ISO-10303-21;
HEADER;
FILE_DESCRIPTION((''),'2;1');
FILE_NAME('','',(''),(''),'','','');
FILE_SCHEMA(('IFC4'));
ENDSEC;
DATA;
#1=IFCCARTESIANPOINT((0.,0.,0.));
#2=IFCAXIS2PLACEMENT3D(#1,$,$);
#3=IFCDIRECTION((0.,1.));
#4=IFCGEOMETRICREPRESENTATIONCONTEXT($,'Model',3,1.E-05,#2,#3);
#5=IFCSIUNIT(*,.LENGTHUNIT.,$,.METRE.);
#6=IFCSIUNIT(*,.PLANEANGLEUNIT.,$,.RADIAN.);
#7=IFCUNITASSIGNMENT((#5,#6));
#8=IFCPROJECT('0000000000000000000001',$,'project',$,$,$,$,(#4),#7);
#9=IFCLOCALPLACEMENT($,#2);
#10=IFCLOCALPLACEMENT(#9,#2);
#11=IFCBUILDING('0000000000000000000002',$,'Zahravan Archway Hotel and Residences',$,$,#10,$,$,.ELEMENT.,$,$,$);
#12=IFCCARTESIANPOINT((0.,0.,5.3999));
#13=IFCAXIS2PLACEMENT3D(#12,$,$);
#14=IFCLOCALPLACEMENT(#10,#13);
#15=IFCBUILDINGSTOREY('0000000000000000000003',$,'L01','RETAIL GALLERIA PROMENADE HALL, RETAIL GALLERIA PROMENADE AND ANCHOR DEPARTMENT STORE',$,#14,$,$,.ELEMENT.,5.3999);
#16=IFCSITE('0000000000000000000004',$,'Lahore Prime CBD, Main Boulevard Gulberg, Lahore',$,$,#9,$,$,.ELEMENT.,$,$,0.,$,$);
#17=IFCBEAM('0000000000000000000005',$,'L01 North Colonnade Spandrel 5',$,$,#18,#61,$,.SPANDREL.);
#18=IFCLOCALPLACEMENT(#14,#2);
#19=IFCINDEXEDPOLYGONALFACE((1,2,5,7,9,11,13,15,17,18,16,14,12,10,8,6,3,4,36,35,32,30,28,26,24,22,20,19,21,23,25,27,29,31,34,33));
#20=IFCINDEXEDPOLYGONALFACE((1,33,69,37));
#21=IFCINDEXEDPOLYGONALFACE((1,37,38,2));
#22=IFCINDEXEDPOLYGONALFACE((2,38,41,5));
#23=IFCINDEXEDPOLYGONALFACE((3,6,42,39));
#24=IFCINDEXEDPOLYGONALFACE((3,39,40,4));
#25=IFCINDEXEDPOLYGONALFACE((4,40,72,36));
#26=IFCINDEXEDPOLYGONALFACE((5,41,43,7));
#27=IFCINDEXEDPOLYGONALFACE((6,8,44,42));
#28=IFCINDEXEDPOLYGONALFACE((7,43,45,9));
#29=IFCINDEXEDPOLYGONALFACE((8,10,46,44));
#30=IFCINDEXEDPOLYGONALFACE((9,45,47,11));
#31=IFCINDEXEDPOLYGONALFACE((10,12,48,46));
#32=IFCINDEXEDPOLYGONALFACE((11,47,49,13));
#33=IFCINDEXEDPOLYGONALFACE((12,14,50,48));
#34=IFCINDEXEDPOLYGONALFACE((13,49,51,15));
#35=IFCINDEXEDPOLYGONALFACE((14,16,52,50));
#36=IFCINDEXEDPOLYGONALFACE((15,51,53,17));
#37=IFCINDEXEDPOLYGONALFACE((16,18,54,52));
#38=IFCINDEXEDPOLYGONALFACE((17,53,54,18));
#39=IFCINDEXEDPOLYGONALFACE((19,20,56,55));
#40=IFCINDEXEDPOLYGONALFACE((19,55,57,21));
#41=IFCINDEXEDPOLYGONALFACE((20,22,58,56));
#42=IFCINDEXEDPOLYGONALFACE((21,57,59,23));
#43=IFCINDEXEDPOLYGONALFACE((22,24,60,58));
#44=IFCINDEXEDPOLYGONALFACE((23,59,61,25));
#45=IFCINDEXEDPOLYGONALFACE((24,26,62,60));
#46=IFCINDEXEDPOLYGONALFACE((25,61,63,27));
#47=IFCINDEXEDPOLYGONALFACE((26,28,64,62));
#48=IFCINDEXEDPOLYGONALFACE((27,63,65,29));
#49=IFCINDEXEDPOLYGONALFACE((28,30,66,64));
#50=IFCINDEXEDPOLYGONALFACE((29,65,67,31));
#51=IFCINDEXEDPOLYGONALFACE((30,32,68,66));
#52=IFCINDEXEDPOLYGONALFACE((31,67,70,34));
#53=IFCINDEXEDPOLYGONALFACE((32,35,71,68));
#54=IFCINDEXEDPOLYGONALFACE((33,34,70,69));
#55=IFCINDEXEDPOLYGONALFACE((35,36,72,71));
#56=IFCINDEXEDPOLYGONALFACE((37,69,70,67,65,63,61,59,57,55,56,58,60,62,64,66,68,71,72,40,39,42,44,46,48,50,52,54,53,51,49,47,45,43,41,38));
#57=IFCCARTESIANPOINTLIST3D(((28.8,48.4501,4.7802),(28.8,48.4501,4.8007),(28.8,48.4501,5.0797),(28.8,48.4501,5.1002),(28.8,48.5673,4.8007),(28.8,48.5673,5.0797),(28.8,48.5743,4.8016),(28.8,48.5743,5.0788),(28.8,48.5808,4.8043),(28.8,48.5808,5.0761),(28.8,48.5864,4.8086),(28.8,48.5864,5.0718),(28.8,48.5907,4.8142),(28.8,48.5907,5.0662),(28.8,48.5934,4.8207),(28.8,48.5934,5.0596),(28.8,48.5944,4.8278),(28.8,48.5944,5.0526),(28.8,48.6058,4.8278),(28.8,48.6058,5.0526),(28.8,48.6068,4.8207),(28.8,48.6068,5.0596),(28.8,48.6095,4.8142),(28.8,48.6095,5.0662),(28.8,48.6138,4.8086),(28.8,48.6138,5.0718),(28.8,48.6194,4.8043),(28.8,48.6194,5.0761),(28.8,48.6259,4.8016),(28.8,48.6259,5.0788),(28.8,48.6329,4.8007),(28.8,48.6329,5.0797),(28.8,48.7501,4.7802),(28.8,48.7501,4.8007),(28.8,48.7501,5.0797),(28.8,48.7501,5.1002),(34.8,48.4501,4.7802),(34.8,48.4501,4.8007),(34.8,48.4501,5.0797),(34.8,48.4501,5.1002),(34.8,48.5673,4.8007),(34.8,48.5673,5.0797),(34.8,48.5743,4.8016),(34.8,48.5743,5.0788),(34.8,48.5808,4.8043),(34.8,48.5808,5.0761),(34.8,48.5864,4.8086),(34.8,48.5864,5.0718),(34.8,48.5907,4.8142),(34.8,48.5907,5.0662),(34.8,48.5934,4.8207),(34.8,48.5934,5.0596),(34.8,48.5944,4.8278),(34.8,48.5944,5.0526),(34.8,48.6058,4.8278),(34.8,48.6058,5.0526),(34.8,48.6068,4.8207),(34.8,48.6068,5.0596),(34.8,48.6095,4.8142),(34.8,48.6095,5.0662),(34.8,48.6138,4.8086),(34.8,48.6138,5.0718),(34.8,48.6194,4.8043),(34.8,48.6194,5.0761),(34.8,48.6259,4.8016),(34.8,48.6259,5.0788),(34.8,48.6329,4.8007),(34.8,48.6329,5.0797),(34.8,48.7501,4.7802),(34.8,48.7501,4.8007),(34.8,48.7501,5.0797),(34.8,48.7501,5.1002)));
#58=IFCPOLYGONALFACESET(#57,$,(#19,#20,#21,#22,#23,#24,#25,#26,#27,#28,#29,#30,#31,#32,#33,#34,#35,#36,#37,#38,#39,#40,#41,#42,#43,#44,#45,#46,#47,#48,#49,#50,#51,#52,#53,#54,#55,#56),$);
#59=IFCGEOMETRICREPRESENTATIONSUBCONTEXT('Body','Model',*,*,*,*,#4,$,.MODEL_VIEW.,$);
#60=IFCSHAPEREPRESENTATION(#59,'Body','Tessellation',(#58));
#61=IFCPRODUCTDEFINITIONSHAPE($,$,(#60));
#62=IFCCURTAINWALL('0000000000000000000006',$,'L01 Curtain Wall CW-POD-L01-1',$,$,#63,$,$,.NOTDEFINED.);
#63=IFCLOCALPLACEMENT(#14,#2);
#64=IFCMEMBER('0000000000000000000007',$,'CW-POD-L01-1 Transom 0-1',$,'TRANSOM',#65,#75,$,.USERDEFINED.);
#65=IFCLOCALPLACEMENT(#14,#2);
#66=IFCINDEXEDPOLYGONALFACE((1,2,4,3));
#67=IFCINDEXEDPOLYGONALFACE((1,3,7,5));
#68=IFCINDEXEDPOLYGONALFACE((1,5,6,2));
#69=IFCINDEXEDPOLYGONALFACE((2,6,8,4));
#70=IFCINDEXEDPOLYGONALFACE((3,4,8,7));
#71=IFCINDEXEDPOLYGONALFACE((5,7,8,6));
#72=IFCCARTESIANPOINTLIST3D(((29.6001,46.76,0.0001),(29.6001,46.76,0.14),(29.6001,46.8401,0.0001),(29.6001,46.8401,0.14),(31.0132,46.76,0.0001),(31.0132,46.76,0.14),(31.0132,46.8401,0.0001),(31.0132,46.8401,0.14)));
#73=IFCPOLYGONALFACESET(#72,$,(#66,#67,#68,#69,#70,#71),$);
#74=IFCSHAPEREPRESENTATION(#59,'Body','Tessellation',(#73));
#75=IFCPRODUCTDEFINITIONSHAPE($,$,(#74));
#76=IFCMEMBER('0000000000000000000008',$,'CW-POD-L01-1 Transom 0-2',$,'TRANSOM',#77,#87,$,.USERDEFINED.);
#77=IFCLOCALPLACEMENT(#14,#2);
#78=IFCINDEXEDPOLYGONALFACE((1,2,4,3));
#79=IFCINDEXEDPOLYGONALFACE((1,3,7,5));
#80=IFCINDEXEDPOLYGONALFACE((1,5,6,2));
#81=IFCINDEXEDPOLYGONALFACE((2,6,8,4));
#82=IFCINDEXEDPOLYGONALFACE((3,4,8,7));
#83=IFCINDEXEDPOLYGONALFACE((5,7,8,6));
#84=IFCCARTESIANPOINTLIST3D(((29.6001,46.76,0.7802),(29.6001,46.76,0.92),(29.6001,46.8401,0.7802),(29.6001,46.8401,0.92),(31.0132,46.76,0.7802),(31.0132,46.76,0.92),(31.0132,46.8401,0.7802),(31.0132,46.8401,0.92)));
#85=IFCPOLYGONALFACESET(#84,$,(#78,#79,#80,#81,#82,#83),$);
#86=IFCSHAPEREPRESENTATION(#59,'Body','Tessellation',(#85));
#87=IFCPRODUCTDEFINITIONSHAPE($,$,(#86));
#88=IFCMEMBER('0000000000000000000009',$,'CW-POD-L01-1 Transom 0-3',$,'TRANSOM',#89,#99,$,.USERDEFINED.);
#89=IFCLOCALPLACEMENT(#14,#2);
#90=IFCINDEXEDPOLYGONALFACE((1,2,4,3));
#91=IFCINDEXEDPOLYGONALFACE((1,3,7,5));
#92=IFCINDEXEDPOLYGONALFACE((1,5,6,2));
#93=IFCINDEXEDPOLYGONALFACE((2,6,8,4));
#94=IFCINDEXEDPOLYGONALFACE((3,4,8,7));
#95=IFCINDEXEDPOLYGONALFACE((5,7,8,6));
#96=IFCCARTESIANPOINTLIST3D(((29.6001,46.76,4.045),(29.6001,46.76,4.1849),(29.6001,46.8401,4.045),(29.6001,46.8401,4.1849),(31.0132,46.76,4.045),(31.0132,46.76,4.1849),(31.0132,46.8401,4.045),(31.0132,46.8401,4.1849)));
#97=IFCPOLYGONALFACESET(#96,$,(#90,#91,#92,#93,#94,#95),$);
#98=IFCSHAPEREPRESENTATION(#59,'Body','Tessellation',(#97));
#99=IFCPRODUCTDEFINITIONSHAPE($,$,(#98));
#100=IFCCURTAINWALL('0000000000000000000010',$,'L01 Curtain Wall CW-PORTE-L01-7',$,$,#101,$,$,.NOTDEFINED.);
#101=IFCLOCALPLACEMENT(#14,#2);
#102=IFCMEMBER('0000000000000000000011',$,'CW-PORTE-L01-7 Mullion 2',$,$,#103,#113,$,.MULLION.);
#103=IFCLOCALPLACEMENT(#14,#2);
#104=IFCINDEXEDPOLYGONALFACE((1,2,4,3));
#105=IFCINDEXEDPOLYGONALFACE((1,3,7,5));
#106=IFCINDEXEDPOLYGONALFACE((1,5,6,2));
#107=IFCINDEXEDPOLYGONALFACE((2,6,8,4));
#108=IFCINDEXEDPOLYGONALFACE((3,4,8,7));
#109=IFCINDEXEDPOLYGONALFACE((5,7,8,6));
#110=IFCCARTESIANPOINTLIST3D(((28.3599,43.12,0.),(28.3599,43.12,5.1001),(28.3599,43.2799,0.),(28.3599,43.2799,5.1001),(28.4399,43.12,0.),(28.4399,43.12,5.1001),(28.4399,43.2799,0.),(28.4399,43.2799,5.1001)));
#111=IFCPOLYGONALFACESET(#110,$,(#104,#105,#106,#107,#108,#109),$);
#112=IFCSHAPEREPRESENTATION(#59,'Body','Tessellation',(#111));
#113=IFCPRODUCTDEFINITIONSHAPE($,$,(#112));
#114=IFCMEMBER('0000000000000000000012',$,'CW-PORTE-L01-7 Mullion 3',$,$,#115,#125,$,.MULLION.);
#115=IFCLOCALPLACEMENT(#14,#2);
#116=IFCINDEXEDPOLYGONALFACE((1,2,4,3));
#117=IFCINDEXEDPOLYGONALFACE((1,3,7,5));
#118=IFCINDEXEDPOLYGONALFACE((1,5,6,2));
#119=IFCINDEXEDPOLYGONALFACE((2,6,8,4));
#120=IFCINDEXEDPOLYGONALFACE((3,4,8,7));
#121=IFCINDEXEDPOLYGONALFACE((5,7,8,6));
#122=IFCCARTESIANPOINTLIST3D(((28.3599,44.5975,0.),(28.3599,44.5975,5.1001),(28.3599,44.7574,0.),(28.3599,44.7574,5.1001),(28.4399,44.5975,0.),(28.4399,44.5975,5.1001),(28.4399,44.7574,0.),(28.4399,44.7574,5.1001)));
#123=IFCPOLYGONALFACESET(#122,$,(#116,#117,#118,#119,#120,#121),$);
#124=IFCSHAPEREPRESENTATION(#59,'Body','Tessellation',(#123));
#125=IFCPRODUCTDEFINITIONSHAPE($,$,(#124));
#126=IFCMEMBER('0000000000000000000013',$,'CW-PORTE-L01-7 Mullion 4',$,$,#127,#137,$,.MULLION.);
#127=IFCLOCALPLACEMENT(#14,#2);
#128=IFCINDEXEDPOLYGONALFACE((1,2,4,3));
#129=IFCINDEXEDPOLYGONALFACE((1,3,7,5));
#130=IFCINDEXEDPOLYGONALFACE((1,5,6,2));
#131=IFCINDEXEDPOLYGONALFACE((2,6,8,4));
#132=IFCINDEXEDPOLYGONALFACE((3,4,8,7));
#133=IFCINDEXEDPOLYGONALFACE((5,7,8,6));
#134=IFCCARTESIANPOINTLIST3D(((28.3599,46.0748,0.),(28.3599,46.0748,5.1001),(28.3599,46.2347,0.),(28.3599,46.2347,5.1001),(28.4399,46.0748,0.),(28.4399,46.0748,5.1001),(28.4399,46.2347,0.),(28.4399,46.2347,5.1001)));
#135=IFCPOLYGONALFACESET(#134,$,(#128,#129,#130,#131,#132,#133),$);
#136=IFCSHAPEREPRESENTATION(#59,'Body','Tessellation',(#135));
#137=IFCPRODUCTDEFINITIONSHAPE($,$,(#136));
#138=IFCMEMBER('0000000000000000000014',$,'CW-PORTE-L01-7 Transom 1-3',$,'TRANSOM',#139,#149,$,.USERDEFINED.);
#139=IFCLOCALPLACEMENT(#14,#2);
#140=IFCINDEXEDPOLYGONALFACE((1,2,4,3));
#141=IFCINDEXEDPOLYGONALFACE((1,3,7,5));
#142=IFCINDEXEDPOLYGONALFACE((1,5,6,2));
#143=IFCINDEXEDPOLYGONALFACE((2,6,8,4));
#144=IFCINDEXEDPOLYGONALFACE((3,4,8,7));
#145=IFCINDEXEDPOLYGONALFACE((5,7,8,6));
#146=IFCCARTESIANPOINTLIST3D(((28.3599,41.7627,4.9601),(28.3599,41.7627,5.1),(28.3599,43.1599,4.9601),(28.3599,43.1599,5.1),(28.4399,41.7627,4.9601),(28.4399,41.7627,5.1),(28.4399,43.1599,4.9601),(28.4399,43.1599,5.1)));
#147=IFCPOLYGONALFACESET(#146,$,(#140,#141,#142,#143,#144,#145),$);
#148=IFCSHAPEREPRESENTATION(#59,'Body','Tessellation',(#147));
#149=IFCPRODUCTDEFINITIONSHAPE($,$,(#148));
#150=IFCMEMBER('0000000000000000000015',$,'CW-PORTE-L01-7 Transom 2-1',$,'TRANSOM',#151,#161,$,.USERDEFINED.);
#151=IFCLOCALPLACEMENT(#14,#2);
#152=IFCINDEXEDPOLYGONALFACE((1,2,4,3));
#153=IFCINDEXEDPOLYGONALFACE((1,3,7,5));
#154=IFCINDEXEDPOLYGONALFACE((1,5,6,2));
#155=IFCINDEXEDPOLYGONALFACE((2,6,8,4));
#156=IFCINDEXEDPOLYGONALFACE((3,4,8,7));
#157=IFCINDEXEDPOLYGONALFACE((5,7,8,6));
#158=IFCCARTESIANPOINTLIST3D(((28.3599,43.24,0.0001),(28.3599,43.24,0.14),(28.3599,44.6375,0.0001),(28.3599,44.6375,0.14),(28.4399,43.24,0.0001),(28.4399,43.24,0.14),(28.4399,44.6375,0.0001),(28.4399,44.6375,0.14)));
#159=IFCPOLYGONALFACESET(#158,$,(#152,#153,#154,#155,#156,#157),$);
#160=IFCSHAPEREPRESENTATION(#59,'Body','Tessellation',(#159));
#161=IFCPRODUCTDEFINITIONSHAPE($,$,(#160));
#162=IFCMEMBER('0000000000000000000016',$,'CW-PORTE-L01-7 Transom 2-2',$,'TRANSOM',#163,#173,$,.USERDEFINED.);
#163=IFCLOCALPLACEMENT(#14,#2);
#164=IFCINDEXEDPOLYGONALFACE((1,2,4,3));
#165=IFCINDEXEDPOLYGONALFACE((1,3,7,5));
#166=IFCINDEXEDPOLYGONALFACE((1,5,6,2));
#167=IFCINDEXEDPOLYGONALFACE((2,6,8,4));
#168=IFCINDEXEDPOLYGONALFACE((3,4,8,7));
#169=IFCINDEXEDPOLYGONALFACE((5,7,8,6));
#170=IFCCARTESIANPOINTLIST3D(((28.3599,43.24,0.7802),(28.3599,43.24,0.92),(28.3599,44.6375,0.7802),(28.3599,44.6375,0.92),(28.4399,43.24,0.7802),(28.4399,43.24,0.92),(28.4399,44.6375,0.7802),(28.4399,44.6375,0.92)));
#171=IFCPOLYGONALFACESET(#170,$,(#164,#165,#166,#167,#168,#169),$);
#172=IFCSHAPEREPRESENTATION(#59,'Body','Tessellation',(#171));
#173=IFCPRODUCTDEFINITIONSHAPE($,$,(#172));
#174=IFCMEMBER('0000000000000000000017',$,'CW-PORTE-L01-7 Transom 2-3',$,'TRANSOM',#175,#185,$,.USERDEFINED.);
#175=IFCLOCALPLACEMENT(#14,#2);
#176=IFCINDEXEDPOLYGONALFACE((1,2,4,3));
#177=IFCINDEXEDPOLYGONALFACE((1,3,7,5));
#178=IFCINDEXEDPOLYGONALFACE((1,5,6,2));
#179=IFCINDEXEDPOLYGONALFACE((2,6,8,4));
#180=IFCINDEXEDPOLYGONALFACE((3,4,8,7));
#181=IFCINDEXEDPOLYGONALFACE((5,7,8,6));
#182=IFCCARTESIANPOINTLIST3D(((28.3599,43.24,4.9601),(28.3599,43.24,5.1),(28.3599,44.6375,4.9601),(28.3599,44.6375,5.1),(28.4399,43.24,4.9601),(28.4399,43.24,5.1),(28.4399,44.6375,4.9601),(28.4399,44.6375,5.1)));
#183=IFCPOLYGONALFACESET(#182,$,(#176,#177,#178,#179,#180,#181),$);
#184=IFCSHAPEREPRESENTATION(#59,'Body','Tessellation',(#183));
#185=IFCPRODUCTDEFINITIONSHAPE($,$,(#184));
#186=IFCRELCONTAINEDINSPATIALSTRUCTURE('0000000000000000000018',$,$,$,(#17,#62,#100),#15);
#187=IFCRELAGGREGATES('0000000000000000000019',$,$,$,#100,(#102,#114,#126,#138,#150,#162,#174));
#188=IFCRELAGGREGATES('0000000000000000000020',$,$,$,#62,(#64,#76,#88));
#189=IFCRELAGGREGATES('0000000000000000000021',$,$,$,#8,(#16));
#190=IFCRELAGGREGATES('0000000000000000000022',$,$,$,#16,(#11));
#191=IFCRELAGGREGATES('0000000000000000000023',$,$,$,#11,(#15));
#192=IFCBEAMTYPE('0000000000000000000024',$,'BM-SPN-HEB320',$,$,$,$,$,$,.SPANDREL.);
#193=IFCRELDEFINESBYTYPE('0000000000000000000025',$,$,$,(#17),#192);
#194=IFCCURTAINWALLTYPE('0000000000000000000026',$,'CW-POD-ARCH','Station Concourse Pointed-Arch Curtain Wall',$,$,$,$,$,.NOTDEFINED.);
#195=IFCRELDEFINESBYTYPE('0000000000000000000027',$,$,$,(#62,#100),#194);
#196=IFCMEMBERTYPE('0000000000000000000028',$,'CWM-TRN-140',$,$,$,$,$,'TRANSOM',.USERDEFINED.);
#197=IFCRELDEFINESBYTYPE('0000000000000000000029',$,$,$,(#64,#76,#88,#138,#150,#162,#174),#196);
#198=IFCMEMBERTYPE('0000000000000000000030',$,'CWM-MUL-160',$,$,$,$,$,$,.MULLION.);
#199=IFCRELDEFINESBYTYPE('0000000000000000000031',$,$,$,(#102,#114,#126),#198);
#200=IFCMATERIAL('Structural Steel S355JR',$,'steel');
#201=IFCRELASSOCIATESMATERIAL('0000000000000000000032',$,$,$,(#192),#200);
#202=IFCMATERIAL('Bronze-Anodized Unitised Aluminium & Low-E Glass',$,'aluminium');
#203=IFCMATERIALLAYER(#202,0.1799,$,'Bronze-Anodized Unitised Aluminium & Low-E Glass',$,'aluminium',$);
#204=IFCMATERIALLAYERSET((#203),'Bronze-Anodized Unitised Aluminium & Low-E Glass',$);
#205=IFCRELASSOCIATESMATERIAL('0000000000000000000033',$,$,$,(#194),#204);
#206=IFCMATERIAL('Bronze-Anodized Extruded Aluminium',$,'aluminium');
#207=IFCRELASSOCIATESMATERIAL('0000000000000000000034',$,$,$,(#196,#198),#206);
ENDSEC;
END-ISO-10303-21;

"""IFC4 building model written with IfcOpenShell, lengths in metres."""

from ifc_helpers import new_model, si_unit, direction, frame, origin, origin_2d, place, context, subcontext, project, spatial, rectangle, i_section, extrude, source, transform, mapped, material, layer, layer_set, material_profile, profile_set, type_object, type_shapes, element, aggregate, save


model = new_model("IFC4")

# Units and contexts
model_context = context("Model", 3, precision=1e-05, world=origin(), true_north=direction((0.0, 1.0)))
body_context = subcontext(model_context, "Body", "Model", "MODEL_VIEW")
ifc_project = project(units=[si_unit("LENGTHUNIT", "METRE"), si_unit("PLANEANGLEUNIT", "RADIAN")], contexts=[model_context])

# Site, building, storey
site_placement = place(None, origin())
site = spatial("IfcSite", under=ifc_project, at=site_placement, Name="Lahore Prime CBD, Main Boulevard Gulberg, Lahore", CompositionType="ELEMENT", RefElevation=0.0)
building_placement = place(site_placement, origin())
building = spatial("IfcBuilding", under=site, at=building_placement, Name="Zahravan Archway Hotel and Residences", CompositionType="ELEMENT")
storey_placement = place(building_placement, frame((0.0, 0.0, 5.3999)))
storey = spatial("IfcBuildingStorey", under=building, at=storey_placement, Name="L01", Description="RETAIL GALLERIA PROMENADE HALL, RETAIL GALLERIA PROMENADE AND ANCHOR DEPARTMENT STORE", CompositionType="ELEMENT", Elevation=5.3999)

# Beam
ifc_material_1 = material(Name="Structural Steel S355JR", Category="steel")
ifc_material_profile_1 = material_profile(ifc_material_1, i_section(OverallWidth=0.3, OverallDepth=0.3201, WebThickness=0.0115, FlangeThickness=0.0205, FilletRadius=0.0271, at=origin_2d()), Name="HEB 320", Category="steel")
ifc_profile_set_1 = profile_set([ifc_material_profile_1], Name="Structural Steel S355JR")
beam_type_1 = type_object("IfcBeamType", Name="BM-SPN-HEB320", PredefinedType="SPANDREL", material=ifc_profile_set_1)
shared_shape_1 = source(origin(), body_context, "Body", "SweptSolid", [
    extrude(i_section(OverallWidth=0.3, OverallDepth=0.3201, WebThickness=0.0115, FlangeThickness=0.0205, FilletRadius=0.0271, at=origin_2d()), origin(), (0.0, 0.0, 1.0), 6.0),
])
beam_1_placement = place(storey_placement, frame((28.8, 48.6001, 4.9402), z_axis=(1.0, 0.0, 0.0), x_axis=(0.0, 1.0, 0.0)))
element("IfcBeam", 1, at=beam_1_placement, inside=storey, type_object=beam_type_1, Name="L01 North Colonnade Spandrel 5", PredefinedType="SPANDREL", context=body_context, shape_type="MappedRepresentation", body=[
    mapped(shared_shape_1, transform((0.0, 0.0, 0.0), scale=1.0)),
])

# Curtain walls, members
ifc_material_2 = material(Name="Bronze-Anodized Unitised Aluminium & Low-E Glass", Category="aluminium")
ifc_layer_1 = layer(ifc_material_2, 0.1799, Name="Bronze-Anodized Unitised Aluminium & Low-E Glass", Category="aluminium")
ifc_layer_set_1 = layer_set([ifc_layer_1], Name="Bronze-Anodized Unitised Aluminium & Low-E Glass")
curtain_wall_type = type_object("IfcCurtainWallType", Name="CW-POD-ARCH", Description="Station Concourse Pointed-Arch Curtain Wall", PredefinedType="NOTDEFINED", material=ifc_layer_set_1)
curtain_wall_1_placement = place(storey_placement, origin())
curtain_wall_1 = element("IfcCurtainWall", 2, at=curtain_wall_1_placement, inside=storey, type_object=curtain_wall_type, Name="L01 Curtain Wall CW-POD-L01-1", PredefinedType="NOTDEFINED")
ifc_material_3 = material(Name="Bronze-Anodized Extruded Aluminium", Category="aluminium")
ifc_material_profile_2 = material_profile(ifc_material_3, rectangle(XDim=0.0801, YDim=0.1399, at=origin_2d()), Name="TRN 80x140", Category="aluminium")
ifc_profile_set_2 = profile_set([ifc_material_profile_2], Name="Bronze-Anodized Extruded Aluminium")
member_type_1 = type_object("IfcMemberType", Name="CWM-TRN-140", ElementType="TRANSOM", PredefinedType="USERDEFINED", material=ifc_profile_set_2)
shared_shape_2 = source(origin(), body_context, "Body", "SweptSolid", [
    extrude(rectangle(XDim=0.0801, YDim=0.1399, at=origin_2d()), origin(), (0.0, 0.0, 1.0), 1.4131),
])
type_shapes(member_type_1, [shared_shape_2])
member_1_placement = place(storey_placement, frame((29.6001, 46.8, 0.0701), z_axis=(1.0, 0.0, 0.0), x_axis=(0.0, 1.0, 0.0)))
member_1 = element("IfcMember", 3, at=member_1_placement, type_object=member_type_1, Name="CW-POD-L01-1 Transom 0-1", ObjectType="TRANSOM", PredefinedType="USERDEFINED", context=body_context, shape_type="MappedRepresentation", body=[
    mapped(shared_shape_2, transform((0.0, 0.0, 0.0), scale=1.0)),
])
member_2_placement = place(storey_placement, frame((29.6001, 46.8, 0.8501), z_axis=(1.0, 0.0, 0.0), x_axis=(0.0, 1.0, 0.0)))
member_2 = element("IfcMember", 4, at=member_2_placement, type_object=member_type_1, Name="CW-POD-L01-1 Transom 0-2", ObjectType="TRANSOM", PredefinedType="USERDEFINED", context=body_context, shape_type="MappedRepresentation", body=[
    mapped(shared_shape_2, transform((0.0, 0.0, 0.0), scale=1.0)),
])
member_3_placement = place(storey_placement, frame((29.6001, 46.8, 4.115), z_axis=(1.0, 0.0, 0.0), x_axis=(0.0, 1.0, 0.0)))
member_3 = element("IfcMember", 5, at=member_3_placement, type_object=member_type_1, Name="CW-POD-L01-1 Transom 0-3", ObjectType="TRANSOM", PredefinedType="USERDEFINED", context=body_context, shape_type="MappedRepresentation", body=[
    mapped(shared_shape_2, transform((0.0, 0.0, 0.0), scale=1.0)),
])
curtain_wall_2_placement = place(storey_placement, origin())
curtain_wall_2 = element("IfcCurtainWall", 6, at=curtain_wall_2_placement, inside=storey, type_object=curtain_wall_type, Name="L01 Curtain Wall CW-PORTE-L01-7", PredefinedType="NOTDEFINED")
ifc_material_profile_3 = material_profile(ifc_material_3, rectangle(XDim=0.0801, YDim=0.1599, at=origin_2d()), Name="MUL 80x160", Category="aluminium")
ifc_profile_set_3 = profile_set([ifc_material_profile_3], Name="Bronze-Anodized Extruded Aluminium")
member_type_2 = type_object("IfcMemberType", Name="CWM-MUL-160", PredefinedType="MULLION", material=ifc_profile_set_3)
shared_shape_3 = source(origin(), body_context, "Body", "SweptSolid", [
    extrude(rectangle(XDim=0.0801, YDim=0.1599, at=origin_2d()), origin(), (0.0, 0.0, 1.0), 5.1001),
])
member_4_placement = place(storey_placement, frame((28.3999, 43.2, 0.0), z_axis=(0.0, 0.0, 1.0), x_axis=(1.0, 0.0, 0.0)))
member_4 = element("IfcMember", 7, at=member_4_placement, type_object=member_type_2, Name="CW-PORTE-L01-7 Mullion 2", PredefinedType="MULLION", context=body_context, shape_type="MappedRepresentation", body=[
    mapped(shared_shape_3, transform((0.0, 0.0, 0.0), scale=1.0)),
])
member_5_placement = place(storey_placement, frame((28.3999, 44.6775, 0.0), z_axis=(0.0, 0.0, 1.0), x_axis=(1.0, 0.0, 0.0)))
member_5 = element("IfcMember", 8, at=member_5_placement, type_object=member_type_2, Name="CW-PORTE-L01-7 Mullion 3", PredefinedType="MULLION", context=body_context, shape_type="MappedRepresentation", body=[
    mapped(shared_shape_3, transform((0.0, 0.0, 0.0), scale=1.0)),
])
member_6_placement = place(storey_placement, frame((28.3999, 46.1548, 0.0), z_axis=(0.0, 0.0, 1.0), x_axis=(1.0, 0.0, 0.0)))
member_6 = element("IfcMember", 9, at=member_6_placement, type_object=member_type_2, Name="CW-PORTE-L01-7 Mullion 4", PredefinedType="MULLION", context=body_context, shape_type="MappedRepresentation", body=[
    mapped(shared_shape_3, transform((0.0, 0.0, 0.0), scale=1.0)),
])
shared_shape_4 = source(origin(), body_context, "Body", "SweptSolid", [
    extrude(rectangle(XDim=0.0801, YDim=0.1399, at=origin_2d()), origin(), (0.0, 0.0, 1.0), 1.3972),
])
member_7_placement = place(storey_placement, frame((28.3999, 41.7627, 5.03), z_axis=(0.0, 1.0, 0.0), x_axis=(-1.0, 0.0, 0.0)))
member_7 = element("IfcMember", 10, at=member_7_placement, type_object=member_type_1, Name="CW-PORTE-L01-7 Transom 1-3", ObjectType="TRANSOM", PredefinedType="USERDEFINED", context=body_context, shape_type="MappedRepresentation", body=[
    mapped(shared_shape_4, transform((0.0, 0.0, 0.0), scale=1.0)),
])
shared_shape_5 = source(origin(), body_context, "Body", "SweptSolid", [
    extrude(rectangle(XDim=0.0801, YDim=0.1399, at=origin_2d()), origin(), (0.0, 0.0, 1.0), 1.3975),
])
member_8_placement = place(storey_placement, frame((28.3999, 43.24, 0.0701), z_axis=(0.0, 1.0, 0.0), x_axis=(-1.0, 0.0, 0.0)))
member_8 = element("IfcMember", 11, at=member_8_placement, type_object=member_type_1, Name="CW-PORTE-L01-7 Transom 2-1", ObjectType="TRANSOM", PredefinedType="USERDEFINED", context=body_context, shape_type="MappedRepresentation", body=[
    mapped(shared_shape_5, transform((0.0, 0.0, 0.0), scale=1.0)),
])
member_9_placement = place(storey_placement, frame((28.3999, 43.24, 0.8501), z_axis=(0.0, 1.0, 0.0), x_axis=(-1.0, 0.0, 0.0)))
member_9 = element("IfcMember", 12, at=member_9_placement, type_object=member_type_1, Name="CW-PORTE-L01-7 Transom 2-2", ObjectType="TRANSOM", PredefinedType="USERDEFINED", context=body_context, shape_type="MappedRepresentation", body=[
    mapped(shared_shape_5, transform((0.0, 0.0, 0.0), scale=1.0)),
])
member_10_placement = place(storey_placement, frame((28.3999, 43.24, 5.03), z_axis=(0.0, 1.0, 0.0), x_axis=(-1.0, 0.0, 0.0)))
member_10 = element("IfcMember", 13, at=member_10_placement, type_object=member_type_1, Name="CW-PORTE-L01-7 Transom 2-3", ObjectType="TRANSOM", PredefinedType="USERDEFINED", context=body_context, shape_type="MappedRepresentation", body=[
    mapped(shared_shape_5, transform((0.0, 0.0, 0.0), scale=1.0)),
])

aggregate(curtain_wall_2, [member_4, member_5, member_6, member_7, member_8, member_9, member_10])
aggregate(curtain_wall_1, [member_1, member_2, member_3])

save(model, "model.ifc")
